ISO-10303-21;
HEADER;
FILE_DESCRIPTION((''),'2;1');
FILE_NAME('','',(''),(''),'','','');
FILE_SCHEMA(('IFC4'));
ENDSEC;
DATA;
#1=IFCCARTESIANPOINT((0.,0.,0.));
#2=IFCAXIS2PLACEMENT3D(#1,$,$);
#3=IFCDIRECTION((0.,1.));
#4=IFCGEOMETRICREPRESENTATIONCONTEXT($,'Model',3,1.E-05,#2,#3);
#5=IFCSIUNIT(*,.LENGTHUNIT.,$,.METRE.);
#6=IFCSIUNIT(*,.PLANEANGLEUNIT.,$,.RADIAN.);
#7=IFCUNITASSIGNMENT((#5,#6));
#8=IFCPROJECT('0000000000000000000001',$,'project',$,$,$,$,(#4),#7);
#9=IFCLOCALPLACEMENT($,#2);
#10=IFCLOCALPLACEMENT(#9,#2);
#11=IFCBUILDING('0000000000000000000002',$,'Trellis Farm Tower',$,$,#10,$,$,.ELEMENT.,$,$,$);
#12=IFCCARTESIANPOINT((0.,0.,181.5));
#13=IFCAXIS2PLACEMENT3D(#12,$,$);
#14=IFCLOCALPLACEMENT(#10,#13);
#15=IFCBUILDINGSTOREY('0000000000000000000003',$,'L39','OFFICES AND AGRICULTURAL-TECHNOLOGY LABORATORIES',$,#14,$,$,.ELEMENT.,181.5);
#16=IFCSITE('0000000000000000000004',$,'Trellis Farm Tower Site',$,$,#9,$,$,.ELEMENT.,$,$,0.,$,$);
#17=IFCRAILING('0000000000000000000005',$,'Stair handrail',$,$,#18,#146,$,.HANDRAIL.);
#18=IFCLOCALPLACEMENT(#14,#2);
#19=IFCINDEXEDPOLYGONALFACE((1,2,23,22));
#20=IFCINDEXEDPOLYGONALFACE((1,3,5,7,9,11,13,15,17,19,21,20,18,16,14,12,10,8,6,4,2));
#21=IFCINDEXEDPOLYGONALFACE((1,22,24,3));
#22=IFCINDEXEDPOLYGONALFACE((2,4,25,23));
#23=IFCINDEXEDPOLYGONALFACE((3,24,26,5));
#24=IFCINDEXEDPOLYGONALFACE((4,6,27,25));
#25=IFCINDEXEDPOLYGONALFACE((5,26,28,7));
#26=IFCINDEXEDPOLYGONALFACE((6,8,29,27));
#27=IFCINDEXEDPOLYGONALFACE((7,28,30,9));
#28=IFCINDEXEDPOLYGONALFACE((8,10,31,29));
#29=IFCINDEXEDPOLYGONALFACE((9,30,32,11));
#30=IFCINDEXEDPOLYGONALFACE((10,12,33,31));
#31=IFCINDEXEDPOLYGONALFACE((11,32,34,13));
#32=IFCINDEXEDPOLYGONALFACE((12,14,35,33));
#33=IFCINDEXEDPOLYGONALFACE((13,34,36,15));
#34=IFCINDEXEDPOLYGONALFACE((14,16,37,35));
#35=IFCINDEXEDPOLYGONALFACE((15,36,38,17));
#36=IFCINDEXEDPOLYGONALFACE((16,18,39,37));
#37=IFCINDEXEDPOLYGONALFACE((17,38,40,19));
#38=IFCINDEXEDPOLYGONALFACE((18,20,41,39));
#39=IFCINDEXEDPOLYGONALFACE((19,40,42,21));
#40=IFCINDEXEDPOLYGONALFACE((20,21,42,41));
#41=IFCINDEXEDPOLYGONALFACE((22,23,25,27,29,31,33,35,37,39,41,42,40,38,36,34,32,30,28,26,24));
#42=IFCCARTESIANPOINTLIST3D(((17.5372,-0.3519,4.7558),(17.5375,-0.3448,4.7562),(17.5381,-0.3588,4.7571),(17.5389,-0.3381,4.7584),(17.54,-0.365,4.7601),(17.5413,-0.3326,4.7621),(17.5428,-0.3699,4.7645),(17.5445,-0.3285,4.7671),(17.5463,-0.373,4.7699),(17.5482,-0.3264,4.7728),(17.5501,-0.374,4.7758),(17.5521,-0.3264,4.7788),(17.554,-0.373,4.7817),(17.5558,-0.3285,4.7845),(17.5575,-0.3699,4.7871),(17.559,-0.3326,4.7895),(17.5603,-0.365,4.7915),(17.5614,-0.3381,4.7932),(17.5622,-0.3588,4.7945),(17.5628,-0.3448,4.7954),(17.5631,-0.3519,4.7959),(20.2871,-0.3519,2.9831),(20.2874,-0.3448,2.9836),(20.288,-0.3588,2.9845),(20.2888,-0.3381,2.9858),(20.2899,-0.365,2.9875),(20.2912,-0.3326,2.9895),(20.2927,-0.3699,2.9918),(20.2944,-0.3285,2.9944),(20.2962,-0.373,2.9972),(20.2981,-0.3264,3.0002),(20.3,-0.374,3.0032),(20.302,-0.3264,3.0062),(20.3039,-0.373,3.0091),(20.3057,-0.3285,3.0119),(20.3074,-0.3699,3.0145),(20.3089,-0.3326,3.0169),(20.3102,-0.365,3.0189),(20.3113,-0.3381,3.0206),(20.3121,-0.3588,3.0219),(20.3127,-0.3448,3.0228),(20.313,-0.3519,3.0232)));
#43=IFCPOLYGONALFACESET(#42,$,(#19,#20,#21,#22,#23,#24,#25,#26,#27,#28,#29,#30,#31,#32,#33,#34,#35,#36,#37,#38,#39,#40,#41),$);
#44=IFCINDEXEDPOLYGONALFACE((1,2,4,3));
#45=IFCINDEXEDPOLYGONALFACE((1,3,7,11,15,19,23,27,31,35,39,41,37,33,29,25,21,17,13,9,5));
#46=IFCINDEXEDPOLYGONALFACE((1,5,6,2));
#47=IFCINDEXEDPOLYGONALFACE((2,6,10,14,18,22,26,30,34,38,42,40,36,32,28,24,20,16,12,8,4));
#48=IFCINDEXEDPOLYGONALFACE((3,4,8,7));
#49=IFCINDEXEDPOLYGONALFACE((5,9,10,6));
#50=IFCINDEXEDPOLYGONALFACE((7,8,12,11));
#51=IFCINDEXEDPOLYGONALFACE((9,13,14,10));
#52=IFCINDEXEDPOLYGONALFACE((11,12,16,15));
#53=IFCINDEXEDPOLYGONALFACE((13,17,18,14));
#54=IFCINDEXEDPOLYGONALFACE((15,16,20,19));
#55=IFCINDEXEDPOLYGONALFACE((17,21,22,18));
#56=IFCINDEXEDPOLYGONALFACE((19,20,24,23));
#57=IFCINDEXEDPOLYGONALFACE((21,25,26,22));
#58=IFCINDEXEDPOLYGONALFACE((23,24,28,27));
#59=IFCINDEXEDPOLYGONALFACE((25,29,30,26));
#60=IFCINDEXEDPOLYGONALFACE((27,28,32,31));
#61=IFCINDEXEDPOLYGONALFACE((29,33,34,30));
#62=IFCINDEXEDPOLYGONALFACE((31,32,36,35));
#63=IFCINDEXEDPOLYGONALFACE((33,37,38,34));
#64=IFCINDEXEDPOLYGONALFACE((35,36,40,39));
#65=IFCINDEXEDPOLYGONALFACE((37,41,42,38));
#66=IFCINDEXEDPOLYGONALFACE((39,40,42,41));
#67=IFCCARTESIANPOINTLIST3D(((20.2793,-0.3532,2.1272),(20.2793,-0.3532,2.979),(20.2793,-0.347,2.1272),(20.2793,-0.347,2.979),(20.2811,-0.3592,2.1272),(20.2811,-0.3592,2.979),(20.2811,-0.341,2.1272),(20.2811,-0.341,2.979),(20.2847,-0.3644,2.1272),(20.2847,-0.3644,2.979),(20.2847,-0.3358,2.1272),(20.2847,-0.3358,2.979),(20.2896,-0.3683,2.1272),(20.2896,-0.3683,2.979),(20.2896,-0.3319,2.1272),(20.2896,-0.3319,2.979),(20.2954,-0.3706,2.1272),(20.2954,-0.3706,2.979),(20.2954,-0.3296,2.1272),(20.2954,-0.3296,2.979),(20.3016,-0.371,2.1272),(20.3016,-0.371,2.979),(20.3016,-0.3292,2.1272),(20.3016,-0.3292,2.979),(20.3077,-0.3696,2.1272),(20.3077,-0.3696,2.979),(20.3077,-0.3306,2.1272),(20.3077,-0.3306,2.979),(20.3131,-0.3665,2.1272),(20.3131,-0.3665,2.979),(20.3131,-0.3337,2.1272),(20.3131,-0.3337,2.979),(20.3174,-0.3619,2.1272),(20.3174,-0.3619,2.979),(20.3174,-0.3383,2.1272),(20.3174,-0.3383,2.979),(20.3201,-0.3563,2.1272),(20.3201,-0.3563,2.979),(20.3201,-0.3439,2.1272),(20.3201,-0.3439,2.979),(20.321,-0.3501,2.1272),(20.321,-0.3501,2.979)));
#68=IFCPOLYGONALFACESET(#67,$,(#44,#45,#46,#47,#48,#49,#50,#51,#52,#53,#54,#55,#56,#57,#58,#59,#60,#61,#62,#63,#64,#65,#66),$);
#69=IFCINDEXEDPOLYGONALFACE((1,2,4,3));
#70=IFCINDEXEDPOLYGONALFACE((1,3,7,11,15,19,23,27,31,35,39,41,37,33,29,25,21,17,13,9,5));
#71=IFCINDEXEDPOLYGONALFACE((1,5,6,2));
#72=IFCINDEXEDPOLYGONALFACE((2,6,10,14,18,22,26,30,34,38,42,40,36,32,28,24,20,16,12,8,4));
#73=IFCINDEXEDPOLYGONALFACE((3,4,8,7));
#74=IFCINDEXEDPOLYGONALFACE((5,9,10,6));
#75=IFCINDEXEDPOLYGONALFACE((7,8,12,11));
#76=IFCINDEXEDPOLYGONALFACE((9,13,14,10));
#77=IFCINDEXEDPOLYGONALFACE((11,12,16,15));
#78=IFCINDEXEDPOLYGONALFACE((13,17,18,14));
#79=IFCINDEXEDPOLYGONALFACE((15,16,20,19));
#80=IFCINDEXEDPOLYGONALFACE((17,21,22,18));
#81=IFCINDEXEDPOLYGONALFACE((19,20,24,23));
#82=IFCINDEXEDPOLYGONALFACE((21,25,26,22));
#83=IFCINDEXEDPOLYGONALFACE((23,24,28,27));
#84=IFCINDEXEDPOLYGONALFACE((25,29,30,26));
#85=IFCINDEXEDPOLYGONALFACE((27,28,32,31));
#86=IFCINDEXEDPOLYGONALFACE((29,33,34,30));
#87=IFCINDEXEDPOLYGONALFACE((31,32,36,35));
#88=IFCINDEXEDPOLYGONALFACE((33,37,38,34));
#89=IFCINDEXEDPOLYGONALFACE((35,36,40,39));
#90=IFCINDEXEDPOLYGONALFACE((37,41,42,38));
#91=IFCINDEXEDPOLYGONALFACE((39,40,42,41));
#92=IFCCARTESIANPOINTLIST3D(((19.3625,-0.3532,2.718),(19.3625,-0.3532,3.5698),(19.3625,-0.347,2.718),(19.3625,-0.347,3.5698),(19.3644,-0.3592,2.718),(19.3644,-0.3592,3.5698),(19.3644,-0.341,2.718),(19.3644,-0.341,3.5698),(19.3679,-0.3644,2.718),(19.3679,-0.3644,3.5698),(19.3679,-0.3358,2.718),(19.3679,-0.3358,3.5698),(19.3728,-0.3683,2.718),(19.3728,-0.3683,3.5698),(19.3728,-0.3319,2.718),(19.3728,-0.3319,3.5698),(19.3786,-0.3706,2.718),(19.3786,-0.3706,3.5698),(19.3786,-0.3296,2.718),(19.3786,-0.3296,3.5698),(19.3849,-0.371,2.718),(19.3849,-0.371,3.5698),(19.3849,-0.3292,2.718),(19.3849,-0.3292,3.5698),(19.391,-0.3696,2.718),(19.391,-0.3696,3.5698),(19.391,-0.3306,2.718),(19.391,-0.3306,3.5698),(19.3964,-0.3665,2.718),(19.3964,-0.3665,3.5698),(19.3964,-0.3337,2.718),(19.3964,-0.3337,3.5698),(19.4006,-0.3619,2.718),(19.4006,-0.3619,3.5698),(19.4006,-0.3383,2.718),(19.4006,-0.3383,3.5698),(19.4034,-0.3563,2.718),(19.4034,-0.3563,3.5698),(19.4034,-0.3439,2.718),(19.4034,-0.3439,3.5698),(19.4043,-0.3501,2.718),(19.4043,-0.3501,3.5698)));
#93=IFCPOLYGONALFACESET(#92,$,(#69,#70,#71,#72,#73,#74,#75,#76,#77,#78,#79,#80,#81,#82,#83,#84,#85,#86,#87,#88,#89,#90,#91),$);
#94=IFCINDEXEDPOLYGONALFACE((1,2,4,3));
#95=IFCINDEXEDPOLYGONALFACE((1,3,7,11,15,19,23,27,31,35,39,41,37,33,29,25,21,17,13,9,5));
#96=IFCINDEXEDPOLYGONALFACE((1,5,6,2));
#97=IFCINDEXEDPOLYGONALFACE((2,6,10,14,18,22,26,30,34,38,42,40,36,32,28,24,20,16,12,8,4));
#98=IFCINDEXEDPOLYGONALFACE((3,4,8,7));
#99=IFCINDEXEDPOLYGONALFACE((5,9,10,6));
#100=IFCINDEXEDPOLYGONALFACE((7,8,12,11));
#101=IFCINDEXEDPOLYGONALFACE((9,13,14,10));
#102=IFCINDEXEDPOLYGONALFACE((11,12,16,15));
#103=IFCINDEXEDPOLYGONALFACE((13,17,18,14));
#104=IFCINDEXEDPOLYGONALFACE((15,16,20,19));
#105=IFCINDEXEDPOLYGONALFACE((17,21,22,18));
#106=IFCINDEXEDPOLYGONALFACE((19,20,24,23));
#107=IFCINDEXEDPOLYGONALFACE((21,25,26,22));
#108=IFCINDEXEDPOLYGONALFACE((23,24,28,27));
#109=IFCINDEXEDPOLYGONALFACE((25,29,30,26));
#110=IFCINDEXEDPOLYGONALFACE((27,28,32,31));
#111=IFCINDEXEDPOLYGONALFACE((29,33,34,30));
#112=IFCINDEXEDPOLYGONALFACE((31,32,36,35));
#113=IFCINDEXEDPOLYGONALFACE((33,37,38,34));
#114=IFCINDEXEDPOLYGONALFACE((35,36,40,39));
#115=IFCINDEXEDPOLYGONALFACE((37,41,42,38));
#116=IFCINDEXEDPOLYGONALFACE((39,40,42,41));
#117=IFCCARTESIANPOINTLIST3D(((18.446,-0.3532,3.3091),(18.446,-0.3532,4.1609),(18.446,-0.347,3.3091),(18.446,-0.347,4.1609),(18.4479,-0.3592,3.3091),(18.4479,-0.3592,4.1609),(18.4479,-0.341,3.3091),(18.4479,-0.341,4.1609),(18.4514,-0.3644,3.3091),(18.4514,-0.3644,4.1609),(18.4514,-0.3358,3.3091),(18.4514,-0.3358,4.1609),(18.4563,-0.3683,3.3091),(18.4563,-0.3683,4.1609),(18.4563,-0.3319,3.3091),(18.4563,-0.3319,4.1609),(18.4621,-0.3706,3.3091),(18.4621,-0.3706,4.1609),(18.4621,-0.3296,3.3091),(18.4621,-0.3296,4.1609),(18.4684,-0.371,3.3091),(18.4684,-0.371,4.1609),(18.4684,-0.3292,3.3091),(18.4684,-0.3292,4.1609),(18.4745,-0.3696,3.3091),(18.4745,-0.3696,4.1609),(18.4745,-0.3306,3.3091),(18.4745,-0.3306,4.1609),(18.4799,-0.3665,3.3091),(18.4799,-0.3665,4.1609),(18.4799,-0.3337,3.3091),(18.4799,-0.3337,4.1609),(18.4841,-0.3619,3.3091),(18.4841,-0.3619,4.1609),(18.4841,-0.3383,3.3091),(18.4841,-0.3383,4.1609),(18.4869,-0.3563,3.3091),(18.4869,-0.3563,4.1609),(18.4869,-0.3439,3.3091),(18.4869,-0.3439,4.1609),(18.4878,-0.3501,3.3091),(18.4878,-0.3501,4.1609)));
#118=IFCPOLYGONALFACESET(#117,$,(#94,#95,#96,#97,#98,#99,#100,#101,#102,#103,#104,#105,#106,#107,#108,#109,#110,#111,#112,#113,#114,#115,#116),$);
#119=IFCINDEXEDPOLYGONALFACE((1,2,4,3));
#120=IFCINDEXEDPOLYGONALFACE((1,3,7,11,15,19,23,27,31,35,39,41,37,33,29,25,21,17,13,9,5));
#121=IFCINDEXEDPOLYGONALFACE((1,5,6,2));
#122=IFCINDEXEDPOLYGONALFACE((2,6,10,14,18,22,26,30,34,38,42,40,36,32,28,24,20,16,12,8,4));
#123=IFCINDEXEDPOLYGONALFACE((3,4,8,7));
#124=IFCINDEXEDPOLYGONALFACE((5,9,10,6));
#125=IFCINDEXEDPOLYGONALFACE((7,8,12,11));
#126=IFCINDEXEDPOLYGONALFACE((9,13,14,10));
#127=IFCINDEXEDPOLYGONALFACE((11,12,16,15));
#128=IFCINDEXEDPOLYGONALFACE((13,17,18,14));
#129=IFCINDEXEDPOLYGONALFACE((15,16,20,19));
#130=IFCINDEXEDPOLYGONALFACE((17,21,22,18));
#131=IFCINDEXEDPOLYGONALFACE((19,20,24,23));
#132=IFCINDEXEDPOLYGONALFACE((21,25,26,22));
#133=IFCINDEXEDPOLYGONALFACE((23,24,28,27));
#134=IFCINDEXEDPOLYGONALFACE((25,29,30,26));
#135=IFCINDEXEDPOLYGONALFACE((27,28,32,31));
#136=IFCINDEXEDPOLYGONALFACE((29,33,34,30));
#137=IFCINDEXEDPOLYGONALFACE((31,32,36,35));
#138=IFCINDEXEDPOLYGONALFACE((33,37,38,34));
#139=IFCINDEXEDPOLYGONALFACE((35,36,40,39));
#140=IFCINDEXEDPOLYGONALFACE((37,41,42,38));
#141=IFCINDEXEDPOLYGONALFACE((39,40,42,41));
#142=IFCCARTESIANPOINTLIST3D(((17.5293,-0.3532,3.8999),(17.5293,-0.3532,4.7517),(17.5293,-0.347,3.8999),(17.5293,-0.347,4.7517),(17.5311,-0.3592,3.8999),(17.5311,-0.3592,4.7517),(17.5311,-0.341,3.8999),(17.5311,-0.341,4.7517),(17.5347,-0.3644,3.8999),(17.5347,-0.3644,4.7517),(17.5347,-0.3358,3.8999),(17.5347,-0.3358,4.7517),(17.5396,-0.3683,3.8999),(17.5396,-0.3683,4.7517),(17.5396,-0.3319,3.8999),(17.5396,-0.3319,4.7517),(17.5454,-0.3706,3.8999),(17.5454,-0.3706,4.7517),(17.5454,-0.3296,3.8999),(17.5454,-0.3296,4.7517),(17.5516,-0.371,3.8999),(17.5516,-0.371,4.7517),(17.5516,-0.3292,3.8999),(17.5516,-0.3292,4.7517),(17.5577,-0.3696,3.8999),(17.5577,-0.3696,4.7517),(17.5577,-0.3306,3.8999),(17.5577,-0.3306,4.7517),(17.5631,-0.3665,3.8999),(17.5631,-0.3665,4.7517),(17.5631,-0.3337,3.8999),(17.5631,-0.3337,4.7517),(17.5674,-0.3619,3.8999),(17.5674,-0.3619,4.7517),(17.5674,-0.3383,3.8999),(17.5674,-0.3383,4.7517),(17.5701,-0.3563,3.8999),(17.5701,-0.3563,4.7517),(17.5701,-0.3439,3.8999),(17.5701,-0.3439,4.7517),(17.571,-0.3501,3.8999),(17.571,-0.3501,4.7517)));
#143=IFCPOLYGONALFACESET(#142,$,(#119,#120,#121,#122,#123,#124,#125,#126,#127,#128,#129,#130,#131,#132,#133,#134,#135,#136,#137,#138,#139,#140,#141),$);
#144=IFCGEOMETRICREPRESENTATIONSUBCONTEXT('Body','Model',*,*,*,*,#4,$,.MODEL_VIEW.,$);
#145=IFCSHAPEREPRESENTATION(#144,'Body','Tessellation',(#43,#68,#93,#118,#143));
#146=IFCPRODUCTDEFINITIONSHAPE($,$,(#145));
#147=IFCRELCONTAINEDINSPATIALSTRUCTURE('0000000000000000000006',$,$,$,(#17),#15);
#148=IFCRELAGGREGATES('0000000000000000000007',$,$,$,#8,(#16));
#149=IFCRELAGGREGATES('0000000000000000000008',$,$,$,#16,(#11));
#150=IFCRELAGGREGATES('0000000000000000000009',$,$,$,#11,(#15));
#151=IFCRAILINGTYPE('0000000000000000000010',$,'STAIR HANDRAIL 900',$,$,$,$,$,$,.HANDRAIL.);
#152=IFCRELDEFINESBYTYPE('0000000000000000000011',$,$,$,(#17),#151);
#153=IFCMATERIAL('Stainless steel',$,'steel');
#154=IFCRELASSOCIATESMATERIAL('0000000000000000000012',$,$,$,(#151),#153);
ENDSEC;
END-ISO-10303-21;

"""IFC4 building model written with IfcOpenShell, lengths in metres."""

from ifc_helpers import new_model, si_unit, direction, frame, origin, origin_2d, place, context, subcontext, project, spatial, circle, extrude, source, transform, mapped, material, type_object, element, save


model = new_model("IFC4")

# Units and contexts
model_context = context("Model", 3, precision=1e-05, world=origin(), true_north=direction((0.0, 1.0)))
body_context = subcontext(model_context, "Body", "Model", "MODEL_VIEW")
ifc_project = project(units=[si_unit("LENGTHUNIT", "METRE"), si_unit("PLANEANGLEUNIT", "RADIAN")], contexts=[model_context])

# Site, building, storey
site_placement = place(None, origin())
site = spatial("IfcSite", under=ifc_project, at=site_placement, Name="Trellis Farm Tower Site", CompositionType="ELEMENT", RefElevation=0.0)
building_placement = place(site_placement, origin())
building = spatial("IfcBuilding", under=site, at=building_placement, Name="Trellis Farm Tower", CompositionType="ELEMENT")
storey_placement = place(building_placement, frame((0.0, 0.0, 181.5)))
storey = spatial("IfcBuildingStorey", under=building, at=storey_placement, Name="L39", Description="OFFICES AND AGRICULTURAL-TECHNOLOGY LABORATORIES", CompositionType="ELEMENT", Elevation=181.5)

# Railing
ifc_material_1 = material(Name="Stainless steel", Category="steel")
railing_type = type_object("IfcRailingType", Name="STAIR HANDRAIL 900", PredefinedType="HANDRAIL", material=ifc_material_1)
shared_shape_1 = source(origin(), body_context, "Body", "SweptSolid", [
    extrude(circle(Radius=0.0239, at=origin_2d()), frame((0.0, 0.0, 0.876), z_axis=(-0.840504, 0.0, 0.541806), x_axis=(0.0, -1.0, 0.0)), (0.0, 0.0, 1.0), 3.2717),
    extrude(circle(Radius=0.021, at=origin_2d()), origin(), (0.0, 0.0, 1.0), 0.8518),
    extrude(circle(Radius=0.021, at=origin_2d()), frame((-0.9167, 0.0, 0.5908)), (0.0, 0.0, 1.0), 0.8518),
    extrude(circle(Radius=0.021, at=origin_2d()), frame((-1.8333, 0.0, 1.1819)), (0.0, 0.0, 1.0), 0.8518),
    extrude(circle(Radius=0.021, at=origin_2d()), frame((-2.75, 0.0, 1.7727)), (0.0, 0.0, 1.0), 0.8518),
])
for number, where, name in (
    (1, (20.3, -0.3501, 2.1272), "Stair handrail"),
):
    element("IfcRailing", number, at=place(storey_placement, frame(where)), inside=storey, type_object=railing_type, Name=name, PredefinedType="HANDRAIL", context=body_context, shape_type="MappedRepresentation", body=[
        mapped(shared_shape_1, transform((0.0, 0.0, 0.0))),
    ])

save(model, "model.ifc")
